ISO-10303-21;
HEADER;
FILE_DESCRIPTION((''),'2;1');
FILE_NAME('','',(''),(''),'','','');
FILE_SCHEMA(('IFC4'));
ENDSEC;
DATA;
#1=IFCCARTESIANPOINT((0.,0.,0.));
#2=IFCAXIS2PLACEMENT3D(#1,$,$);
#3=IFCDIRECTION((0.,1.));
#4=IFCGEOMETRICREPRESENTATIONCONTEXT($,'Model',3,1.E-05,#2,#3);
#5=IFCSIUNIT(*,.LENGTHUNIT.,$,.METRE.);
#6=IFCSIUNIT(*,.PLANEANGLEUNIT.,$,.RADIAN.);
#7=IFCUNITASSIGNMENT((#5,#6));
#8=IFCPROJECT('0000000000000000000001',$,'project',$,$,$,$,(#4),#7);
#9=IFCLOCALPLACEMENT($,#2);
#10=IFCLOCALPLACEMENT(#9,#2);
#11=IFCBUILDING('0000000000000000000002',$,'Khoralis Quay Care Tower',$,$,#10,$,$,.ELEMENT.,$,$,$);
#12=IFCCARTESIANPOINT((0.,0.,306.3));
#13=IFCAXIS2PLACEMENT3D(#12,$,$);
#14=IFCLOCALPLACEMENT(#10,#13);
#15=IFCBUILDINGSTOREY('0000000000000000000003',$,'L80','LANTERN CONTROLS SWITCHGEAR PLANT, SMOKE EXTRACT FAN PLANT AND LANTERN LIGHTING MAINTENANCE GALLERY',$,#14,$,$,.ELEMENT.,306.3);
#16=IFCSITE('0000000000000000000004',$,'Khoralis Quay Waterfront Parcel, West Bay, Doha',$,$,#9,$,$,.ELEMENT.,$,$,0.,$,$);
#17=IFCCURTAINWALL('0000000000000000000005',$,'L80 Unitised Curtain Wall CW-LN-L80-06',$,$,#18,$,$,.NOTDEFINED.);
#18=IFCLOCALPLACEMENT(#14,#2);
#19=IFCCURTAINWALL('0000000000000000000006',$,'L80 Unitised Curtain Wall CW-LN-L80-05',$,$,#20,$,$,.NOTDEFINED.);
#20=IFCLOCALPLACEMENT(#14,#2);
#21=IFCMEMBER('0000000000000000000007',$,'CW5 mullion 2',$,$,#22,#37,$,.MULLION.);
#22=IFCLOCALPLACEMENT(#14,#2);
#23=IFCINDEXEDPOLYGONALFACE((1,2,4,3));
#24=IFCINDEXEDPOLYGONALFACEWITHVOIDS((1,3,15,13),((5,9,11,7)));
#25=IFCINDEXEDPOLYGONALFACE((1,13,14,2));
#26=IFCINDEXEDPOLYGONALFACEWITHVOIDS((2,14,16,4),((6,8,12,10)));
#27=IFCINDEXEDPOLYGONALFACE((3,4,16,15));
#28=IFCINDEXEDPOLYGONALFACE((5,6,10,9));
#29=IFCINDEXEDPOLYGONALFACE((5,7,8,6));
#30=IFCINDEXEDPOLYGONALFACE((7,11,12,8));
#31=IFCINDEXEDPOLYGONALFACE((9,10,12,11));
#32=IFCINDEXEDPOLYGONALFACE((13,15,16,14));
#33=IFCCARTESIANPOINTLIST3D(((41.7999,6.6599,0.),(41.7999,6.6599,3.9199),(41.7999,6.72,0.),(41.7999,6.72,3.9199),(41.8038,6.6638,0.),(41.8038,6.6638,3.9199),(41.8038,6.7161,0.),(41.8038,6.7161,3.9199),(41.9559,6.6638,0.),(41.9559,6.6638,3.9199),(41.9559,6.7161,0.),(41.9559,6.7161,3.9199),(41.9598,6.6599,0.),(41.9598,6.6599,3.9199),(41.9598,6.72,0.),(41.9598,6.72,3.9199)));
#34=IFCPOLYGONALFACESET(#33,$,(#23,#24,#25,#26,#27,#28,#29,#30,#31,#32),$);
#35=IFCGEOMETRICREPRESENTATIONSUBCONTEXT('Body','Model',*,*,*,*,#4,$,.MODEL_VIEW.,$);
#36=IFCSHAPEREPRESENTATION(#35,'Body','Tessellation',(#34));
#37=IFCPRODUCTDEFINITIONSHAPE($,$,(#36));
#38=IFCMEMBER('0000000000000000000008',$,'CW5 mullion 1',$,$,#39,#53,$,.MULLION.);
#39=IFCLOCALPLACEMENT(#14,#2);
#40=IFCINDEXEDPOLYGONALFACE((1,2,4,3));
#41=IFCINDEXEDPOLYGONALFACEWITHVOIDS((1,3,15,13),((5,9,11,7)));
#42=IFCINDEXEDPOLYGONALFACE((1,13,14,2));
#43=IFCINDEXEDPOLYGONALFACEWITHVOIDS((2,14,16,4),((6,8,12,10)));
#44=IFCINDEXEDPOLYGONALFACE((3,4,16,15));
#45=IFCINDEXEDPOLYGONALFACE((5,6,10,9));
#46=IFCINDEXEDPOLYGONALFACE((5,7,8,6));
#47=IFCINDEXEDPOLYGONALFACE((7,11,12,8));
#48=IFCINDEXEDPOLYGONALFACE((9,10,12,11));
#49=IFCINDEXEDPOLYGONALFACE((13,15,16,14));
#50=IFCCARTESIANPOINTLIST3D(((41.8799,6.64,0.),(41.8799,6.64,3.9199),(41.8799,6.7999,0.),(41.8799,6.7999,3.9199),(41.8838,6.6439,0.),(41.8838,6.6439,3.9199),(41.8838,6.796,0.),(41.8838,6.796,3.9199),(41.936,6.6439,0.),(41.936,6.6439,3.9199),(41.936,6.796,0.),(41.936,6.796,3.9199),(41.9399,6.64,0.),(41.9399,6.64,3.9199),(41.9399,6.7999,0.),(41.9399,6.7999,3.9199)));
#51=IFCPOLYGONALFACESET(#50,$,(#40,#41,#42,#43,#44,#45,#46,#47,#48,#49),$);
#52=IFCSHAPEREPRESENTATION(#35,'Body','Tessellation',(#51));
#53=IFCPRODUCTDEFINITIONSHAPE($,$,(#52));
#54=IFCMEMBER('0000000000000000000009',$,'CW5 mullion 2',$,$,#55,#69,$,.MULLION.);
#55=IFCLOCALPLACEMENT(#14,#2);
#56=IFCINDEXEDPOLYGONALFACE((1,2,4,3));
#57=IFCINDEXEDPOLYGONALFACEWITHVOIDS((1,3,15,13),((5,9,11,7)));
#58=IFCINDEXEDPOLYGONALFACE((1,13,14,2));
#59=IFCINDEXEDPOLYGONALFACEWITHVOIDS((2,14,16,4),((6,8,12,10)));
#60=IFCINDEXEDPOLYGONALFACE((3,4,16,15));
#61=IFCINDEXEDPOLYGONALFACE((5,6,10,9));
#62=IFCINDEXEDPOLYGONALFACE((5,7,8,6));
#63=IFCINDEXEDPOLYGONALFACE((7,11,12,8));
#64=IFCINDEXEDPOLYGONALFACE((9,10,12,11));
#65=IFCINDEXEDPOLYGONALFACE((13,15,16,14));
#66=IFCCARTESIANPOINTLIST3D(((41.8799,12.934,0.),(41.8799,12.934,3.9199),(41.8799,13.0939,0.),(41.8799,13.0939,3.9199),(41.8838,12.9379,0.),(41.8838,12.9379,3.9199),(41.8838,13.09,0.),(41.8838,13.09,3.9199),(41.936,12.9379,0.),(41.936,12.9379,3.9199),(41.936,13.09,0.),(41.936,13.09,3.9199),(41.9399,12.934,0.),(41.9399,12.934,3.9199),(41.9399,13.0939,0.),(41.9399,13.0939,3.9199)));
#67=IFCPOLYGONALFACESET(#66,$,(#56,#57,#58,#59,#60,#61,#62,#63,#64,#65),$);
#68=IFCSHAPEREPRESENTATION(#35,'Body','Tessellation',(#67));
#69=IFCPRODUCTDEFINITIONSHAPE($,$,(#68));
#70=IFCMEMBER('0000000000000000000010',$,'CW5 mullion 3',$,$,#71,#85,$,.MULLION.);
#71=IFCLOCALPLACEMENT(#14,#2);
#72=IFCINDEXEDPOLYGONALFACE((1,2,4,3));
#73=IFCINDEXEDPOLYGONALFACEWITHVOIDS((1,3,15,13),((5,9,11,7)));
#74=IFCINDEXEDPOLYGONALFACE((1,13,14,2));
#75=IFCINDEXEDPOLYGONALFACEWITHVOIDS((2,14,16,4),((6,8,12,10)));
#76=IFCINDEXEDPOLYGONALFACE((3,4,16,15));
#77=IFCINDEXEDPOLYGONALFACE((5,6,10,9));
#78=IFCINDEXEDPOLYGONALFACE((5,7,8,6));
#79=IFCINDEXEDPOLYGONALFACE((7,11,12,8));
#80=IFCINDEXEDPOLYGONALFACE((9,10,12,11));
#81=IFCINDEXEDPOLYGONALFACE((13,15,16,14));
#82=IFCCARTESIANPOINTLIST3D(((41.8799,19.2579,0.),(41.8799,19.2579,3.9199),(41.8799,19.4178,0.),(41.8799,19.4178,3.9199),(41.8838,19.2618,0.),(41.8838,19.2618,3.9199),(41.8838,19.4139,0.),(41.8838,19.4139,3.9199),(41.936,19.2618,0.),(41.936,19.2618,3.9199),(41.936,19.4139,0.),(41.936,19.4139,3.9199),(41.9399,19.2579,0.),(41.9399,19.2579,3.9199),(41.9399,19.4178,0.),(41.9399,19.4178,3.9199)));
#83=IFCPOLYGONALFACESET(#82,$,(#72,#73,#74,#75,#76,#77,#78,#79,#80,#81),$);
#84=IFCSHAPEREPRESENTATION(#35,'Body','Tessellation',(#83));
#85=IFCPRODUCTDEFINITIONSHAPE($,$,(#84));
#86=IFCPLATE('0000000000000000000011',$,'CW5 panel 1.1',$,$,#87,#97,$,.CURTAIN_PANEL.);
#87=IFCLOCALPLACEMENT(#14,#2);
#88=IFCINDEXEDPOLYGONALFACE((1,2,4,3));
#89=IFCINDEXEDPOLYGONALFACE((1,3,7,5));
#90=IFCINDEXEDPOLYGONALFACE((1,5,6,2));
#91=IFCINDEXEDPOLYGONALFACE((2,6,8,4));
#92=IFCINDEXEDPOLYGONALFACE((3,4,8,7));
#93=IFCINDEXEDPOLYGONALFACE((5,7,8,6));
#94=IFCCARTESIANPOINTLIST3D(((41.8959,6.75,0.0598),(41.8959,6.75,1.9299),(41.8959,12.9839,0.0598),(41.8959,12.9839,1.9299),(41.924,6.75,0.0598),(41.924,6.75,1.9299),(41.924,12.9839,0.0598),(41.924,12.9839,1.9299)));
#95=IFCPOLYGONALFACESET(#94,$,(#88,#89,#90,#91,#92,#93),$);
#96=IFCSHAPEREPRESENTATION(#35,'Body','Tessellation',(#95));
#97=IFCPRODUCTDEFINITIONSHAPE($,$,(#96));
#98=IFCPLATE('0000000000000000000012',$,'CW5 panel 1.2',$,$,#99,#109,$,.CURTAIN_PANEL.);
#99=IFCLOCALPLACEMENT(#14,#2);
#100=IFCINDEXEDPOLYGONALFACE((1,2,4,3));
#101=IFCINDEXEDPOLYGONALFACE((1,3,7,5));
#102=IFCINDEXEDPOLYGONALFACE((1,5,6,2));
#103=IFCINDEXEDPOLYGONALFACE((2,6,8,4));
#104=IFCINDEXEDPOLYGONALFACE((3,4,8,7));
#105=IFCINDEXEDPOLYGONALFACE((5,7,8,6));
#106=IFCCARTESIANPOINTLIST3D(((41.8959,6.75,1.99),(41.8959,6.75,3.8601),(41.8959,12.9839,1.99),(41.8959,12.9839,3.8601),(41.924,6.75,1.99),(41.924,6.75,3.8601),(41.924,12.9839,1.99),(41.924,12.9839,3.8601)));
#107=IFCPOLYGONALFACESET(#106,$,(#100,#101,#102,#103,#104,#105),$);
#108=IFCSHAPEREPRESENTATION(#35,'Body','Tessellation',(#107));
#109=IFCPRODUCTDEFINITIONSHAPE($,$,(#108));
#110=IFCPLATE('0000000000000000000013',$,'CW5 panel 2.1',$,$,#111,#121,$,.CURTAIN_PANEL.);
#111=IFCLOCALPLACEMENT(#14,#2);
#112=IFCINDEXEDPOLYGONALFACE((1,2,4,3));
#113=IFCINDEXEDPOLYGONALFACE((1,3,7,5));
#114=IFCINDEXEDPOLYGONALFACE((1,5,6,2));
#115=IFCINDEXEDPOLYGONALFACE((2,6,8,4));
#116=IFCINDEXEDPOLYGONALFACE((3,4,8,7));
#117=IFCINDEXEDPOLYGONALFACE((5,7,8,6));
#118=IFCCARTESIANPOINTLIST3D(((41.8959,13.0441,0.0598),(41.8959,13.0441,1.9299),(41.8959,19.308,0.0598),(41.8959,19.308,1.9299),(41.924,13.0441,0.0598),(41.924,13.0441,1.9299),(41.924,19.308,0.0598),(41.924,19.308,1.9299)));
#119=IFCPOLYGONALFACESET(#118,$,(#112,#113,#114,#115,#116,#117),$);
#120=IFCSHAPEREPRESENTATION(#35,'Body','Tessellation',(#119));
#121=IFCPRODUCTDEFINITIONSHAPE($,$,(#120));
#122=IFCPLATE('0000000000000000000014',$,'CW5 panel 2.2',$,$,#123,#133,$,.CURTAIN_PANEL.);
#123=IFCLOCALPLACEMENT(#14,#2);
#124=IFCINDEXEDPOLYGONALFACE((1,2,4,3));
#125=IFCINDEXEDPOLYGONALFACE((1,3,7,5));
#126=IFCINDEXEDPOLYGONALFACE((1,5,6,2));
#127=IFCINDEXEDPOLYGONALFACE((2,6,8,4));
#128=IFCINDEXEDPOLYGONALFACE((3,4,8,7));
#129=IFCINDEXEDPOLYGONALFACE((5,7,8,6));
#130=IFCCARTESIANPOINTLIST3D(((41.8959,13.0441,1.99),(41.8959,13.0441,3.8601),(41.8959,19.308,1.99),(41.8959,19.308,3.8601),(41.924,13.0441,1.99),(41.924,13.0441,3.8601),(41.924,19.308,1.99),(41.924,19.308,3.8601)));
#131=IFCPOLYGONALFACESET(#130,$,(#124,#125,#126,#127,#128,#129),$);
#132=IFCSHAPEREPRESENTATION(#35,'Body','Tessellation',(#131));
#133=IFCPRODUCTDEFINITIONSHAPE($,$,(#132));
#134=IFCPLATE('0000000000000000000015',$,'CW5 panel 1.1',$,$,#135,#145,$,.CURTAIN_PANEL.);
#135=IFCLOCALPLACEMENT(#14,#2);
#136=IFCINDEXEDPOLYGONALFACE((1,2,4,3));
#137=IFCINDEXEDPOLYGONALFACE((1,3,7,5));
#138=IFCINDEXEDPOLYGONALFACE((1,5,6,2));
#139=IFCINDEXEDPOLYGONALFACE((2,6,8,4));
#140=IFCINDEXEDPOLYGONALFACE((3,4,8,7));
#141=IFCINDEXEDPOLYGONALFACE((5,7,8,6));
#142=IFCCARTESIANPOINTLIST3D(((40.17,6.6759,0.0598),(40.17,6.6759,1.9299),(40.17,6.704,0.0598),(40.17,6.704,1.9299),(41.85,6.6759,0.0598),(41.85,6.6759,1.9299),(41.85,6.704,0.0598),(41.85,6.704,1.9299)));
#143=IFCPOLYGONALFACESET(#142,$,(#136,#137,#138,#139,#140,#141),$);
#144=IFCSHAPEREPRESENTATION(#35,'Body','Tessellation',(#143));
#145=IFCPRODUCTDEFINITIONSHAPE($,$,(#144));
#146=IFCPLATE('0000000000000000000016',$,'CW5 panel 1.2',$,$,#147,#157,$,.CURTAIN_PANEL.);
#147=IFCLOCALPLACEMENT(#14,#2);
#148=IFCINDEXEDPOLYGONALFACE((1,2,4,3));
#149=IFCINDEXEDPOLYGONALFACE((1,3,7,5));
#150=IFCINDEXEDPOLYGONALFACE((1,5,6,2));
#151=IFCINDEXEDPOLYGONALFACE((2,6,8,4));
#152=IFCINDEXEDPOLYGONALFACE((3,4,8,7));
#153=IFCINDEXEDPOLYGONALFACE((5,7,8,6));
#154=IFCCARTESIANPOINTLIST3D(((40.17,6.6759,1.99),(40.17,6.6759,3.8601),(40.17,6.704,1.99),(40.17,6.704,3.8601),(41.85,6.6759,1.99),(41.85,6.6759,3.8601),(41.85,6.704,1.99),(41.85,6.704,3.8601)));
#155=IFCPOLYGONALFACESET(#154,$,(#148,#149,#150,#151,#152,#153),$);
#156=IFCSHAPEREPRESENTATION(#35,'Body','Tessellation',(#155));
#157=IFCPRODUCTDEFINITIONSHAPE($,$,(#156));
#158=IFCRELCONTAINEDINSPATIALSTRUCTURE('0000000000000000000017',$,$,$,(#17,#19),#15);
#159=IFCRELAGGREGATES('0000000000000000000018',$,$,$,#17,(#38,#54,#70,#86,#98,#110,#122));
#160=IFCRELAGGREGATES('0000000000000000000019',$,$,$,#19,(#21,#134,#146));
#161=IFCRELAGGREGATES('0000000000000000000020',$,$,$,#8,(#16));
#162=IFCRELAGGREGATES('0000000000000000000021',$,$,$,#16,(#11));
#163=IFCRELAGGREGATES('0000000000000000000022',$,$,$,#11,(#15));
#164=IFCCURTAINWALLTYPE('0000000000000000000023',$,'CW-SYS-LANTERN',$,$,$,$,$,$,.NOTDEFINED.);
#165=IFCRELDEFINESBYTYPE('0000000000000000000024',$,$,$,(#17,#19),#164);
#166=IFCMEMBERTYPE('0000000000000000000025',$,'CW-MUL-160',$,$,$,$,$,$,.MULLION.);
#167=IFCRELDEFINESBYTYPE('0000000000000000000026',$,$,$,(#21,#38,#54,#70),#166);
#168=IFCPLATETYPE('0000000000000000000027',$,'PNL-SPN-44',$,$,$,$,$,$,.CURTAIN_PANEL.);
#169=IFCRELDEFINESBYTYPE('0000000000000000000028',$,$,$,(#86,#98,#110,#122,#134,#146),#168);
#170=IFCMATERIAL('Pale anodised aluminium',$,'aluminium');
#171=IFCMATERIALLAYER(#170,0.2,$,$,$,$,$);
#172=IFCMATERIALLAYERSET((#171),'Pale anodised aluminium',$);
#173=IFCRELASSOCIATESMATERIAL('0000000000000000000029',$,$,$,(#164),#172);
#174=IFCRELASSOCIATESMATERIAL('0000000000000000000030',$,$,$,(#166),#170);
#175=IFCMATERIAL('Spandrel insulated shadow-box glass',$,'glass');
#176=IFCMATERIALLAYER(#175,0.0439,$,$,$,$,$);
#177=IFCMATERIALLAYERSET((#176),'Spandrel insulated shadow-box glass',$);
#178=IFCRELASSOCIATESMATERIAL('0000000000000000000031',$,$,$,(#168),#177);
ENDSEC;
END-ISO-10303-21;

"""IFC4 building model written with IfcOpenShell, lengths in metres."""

from ifc_helpers import new_model, si_unit, direction, frame, origin, origin_2d, place, context, subcontext, project, spatial, rectangle, hollow_rectangle, extrude, source, transform, mapped, material, layer, layer_set, material_profile, profile_set, type_object, element, aggregate, save


model = new_model("IFC4")

# Units and contexts
model_context = context("Model", 3, precision=1e-05, world=origin(), true_north=direction((0.0, 1.0)))
body_context = subcontext(model_context, "Body", "Model", "MODEL_VIEW")
ifc_project = project(units=[si_unit("LENGTHUNIT", "METRE"), si_unit("PLANEANGLEUNIT", "RADIAN")], contexts=[model_context])

# Site, building, storey
site_placement = place(None, origin())
site = spatial("IfcSite", under=ifc_project, at=site_placement, Name="Khoralis Quay Waterfront Parcel, West Bay, Doha", CompositionType="ELEMENT", RefElevation=0.0)
building_placement = place(site_placement, origin())
building = spatial("IfcBuilding", under=site, at=building_placement, Name="Khoralis Quay Care Tower", CompositionType="ELEMENT")
storey_placement = place(building_placement, frame((0.0, 0.0, 306.3)))
storey = spatial("IfcBuildingStorey", under=building, at=storey_placement, Name="L80", Description="LANTERN CONTROLS SWITCHGEAR PLANT, SMOKE EXTRACT FAN PLANT AND LANTERN LIGHTING MAINTENANCE GALLERY", CompositionType="ELEMENT", Elevation=306.3)

# Curtain walls, member
ifc_material_1 = material(Name="Pale anodised aluminium", Category="aluminium")
ifc_layer_1 = layer(ifc_material_1, 0.2)
ifc_layer_set_1 = layer_set([ifc_layer_1], Name="Pale anodised aluminium")
curtain_wall_type = type_object("IfcCurtainWallType", Name="CW-SYS-LANTERN", PredefinedType="NOTDEFINED", material=ifc_layer_set_1)
curtain_wall_1_placement = place(storey_placement, origin())
curtain_wall_1 = element("IfcCurtainWall", 1, at=curtain_wall_1_placement, inside=storey, type_object=curtain_wall_type, Name="L80 Unitised Curtain Wall CW-LN-L80-06", PredefinedType="NOTDEFINED")
curtain_wall_2_placement = place(storey_placement, origin())
curtain_wall_2 = element("IfcCurtainWall", 2, at=curtain_wall_2_placement, inside=storey, type_object=curtain_wall_type, Name="L80 Unitised Curtain Wall CW-LN-L80-05", PredefinedType="NOTDEFINED")
ifc_material_profile_1 = material_profile(ifc_material_1, hollow_rectangle(XDim=0.0601, YDim=0.1599, WallThickness=0.0039, at=origin_2d()), Name="Pale anodised aluminium")
ifc_profile_set_1 = profile_set([ifc_material_profile_1], Name="Pale anodised aluminium")
member_type_1 = type_object("IfcMemberType", Name="CW-MUL-160", PredefinedType="MULLION", material=ifc_profile_set_1)
shared_shape_1 = source(origin(), body_context, "Body", "SweptSolid", [
    extrude(hollow_rectangle(XDim=0.0601, YDim=0.1599, WallThickness=0.0039, at=origin_2d()), origin(), (0.0, 0.0, 1.0), 3.9199),
])
member_1_placement = place(storey_placement, frame((41.8799, 6.6899, 0.0), z_axis=(0.0, 0.0, 1.0), x_axis=(0.0, 1.0, 0.0)))
member_1 = element("IfcMember", 3, at=member_1_placement, type_object=member_type_1, Name="CW5 mullion 2", PredefinedType="MULLION", context=body_context, shape_type="MappedRepresentation", body=[
    mapped(shared_shape_1, transform((0.0, 0.0, 0.0), scale=1.0)),
])

# Members
member_2_placement = place(storey_placement, frame((41.9099, 6.72, 0.0), z_axis=(0.0, 0.0, 1.0), x_axis=(-1.0, 0.0, 0.0)))
member_2 = element("IfcMember", 4, at=member_2_placement, type_object=member_type_1, Name="CW5 mullion 1", PredefinedType="MULLION", context=body_context, shape_type="MappedRepresentation", body=[
    mapped(shared_shape_1, transform((0.0, 0.0, 0.0), scale=1.0)),
])
member_3_placement = place(storey_placement, frame((41.9099, 13.0139, 0.0), z_axis=(0.0, 0.0, 1.0), x_axis=(-1.0, 0.0, 0.0)))
member_3 = element("IfcMember", 5, at=member_3_placement, type_object=member_type_1, Name="CW5 mullion 2", PredefinedType="MULLION", context=body_context, shape_type="MappedRepresentation", body=[
    mapped(shared_shape_1, transform((0.0, 0.0, 0.0), scale=1.0)),
])
member_4_placement = place(storey_placement, frame((41.9099, 19.3379, 0.0), z_axis=(0.0, 0.0, 1.0), x_axis=(-1.0, 0.0, 0.0)))
member_4 = element("IfcMember", 6, at=member_4_placement, type_object=member_type_1, Name="CW5 mullion 3", PredefinedType="MULLION", context=body_context, shape_type="MappedRepresentation", body=[
    mapped(shared_shape_1, transform((0.0, 0.0, 0.0), scale=1.0)),
])

# Plates
ifc_material_2 = material(Name="Spandrel insulated shadow-box glass", Category="glass")
ifc_layer_2 = layer(ifc_material_2, 0.0439)
ifc_layer_set_2 = layer_set([ifc_layer_2], Name="Spandrel insulated shadow-box glass")
plate_type = type_object("IfcPlateType", Name="PNL-SPN-44", PredefinedType="CURTAIN_PANEL", material=ifc_layer_set_2)
shared_shape_2 = source(origin(), body_context, "Body", "SweptSolid", [
    extrude(rectangle(XDim=6.2339, YDim=0.0281, at=origin_2d()), origin(), (0.0, 0.0, 1.0), 1.8701),
])
plate_1_placement = place(storey_placement, frame((41.9099, 9.8669, 0.0598), z_axis=(0.0, 0.0, 1.0), x_axis=(0.0, 1.0, 0.0)))
plate_1 = element("IfcPlate", 7, at=plate_1_placement, type_object=plate_type, Name="CW5 panel 1.1", PredefinedType="CURTAIN_PANEL", context=body_context, shape_type="MappedRepresentation", body=[
    mapped(shared_shape_2, transform((0.0, 0.0, 0.0), scale=1.0)),
])
plate_2_placement = place(storey_placement, frame((41.9099, 9.8669, 1.99), z_axis=(0.0, 0.0, 1.0), x_axis=(0.0, 1.0, 0.0)))
plate_2 = element("IfcPlate", 8, at=plate_2_placement, type_object=plate_type, Name="CW5 panel 1.2", PredefinedType="CURTAIN_PANEL", context=body_context, shape_type="MappedRepresentation", body=[
    mapped(shared_shape_2, transform((0.0, 0.0, 0.0), scale=1.0)),
])
shared_shape_3 = source(origin(), body_context, "Body", "SweptSolid", [
    extrude(rectangle(XDim=6.2639, YDim=0.0281, at=origin_2d()), origin(), (0.0, 0.0, 1.0), 1.8701),
])
plate_3_placement = place(storey_placement, frame((41.9099, 16.176, 0.0598), z_axis=(0.0, 0.0, 1.0), x_axis=(0.0, 1.0, 0.0)))
plate_3 = element("IfcPlate", 9, at=plate_3_placement, type_object=plate_type, Name="CW5 panel 2.1", PredefinedType="CURTAIN_PANEL", context=body_context, shape_type="MappedRepresentation", body=[
    mapped(shared_shape_3, transform((0.0, 0.0, 0.0), scale=1.0)),
])
plate_4_placement = place(storey_placement, frame((41.9099, 16.176, 1.99), z_axis=(0.0, 0.0, 1.0), x_axis=(0.0, 1.0, 0.0)))
plate_4 = element("IfcPlate", 10, at=plate_4_placement, type_object=plate_type, Name="CW5 panel 2.2", PredefinedType="CURTAIN_PANEL", context=body_context, shape_type="MappedRepresentation", body=[
    mapped(shared_shape_3, transform((0.0, 0.0, 0.0), scale=1.0)),
])
aggregate(curtain_wall_1, [member_2, member_3, member_4, plate_1, plate_2, plate_3, plate_4])
shared_shape_4 = source(origin(), body_context, "Body", "SweptSolid", [
    extrude(rectangle(XDim=1.6799, YDim=0.0281, at=origin_2d()), origin(), (0.0, 0.0, 1.0), 1.8701),
])
plate_5_placement = place(storey_placement, frame((41.01, 6.6899, 0.0598), z_axis=(0.0, 0.0, 1.0), x_axis=(1.0, 0.0, 0.0)))
plate_5 = element("IfcPlate", 11, at=plate_5_placement, type_object=plate_type, Name="CW5 panel 1.1", PredefinedType="CURTAIN_PANEL", context=body_context, shape_type="MappedRepresentation", body=[
    mapped(shared_shape_4, transform((0.0, 0.0, 0.0), scale=1.0)),
])
plate_6_placement = place(storey_placement, frame((41.01, 6.6899, 1.99), z_axis=(0.0, 0.0, 1.0), x_axis=(1.0, 0.0, 0.0)))
plate_6 = element("IfcPlate", 12, at=plate_6_placement, type_object=plate_type, Name="CW5 panel 1.2", PredefinedType="CURTAIN_PANEL", context=body_context, shape_type="MappedRepresentation", body=[
    mapped(shared_shape_4, transform((0.0, 0.0, 0.0), scale=1.0)),
])
aggregate(curtain_wall_2, [member_1, plate_5, plate_6])

save(model, "model.ifc")
